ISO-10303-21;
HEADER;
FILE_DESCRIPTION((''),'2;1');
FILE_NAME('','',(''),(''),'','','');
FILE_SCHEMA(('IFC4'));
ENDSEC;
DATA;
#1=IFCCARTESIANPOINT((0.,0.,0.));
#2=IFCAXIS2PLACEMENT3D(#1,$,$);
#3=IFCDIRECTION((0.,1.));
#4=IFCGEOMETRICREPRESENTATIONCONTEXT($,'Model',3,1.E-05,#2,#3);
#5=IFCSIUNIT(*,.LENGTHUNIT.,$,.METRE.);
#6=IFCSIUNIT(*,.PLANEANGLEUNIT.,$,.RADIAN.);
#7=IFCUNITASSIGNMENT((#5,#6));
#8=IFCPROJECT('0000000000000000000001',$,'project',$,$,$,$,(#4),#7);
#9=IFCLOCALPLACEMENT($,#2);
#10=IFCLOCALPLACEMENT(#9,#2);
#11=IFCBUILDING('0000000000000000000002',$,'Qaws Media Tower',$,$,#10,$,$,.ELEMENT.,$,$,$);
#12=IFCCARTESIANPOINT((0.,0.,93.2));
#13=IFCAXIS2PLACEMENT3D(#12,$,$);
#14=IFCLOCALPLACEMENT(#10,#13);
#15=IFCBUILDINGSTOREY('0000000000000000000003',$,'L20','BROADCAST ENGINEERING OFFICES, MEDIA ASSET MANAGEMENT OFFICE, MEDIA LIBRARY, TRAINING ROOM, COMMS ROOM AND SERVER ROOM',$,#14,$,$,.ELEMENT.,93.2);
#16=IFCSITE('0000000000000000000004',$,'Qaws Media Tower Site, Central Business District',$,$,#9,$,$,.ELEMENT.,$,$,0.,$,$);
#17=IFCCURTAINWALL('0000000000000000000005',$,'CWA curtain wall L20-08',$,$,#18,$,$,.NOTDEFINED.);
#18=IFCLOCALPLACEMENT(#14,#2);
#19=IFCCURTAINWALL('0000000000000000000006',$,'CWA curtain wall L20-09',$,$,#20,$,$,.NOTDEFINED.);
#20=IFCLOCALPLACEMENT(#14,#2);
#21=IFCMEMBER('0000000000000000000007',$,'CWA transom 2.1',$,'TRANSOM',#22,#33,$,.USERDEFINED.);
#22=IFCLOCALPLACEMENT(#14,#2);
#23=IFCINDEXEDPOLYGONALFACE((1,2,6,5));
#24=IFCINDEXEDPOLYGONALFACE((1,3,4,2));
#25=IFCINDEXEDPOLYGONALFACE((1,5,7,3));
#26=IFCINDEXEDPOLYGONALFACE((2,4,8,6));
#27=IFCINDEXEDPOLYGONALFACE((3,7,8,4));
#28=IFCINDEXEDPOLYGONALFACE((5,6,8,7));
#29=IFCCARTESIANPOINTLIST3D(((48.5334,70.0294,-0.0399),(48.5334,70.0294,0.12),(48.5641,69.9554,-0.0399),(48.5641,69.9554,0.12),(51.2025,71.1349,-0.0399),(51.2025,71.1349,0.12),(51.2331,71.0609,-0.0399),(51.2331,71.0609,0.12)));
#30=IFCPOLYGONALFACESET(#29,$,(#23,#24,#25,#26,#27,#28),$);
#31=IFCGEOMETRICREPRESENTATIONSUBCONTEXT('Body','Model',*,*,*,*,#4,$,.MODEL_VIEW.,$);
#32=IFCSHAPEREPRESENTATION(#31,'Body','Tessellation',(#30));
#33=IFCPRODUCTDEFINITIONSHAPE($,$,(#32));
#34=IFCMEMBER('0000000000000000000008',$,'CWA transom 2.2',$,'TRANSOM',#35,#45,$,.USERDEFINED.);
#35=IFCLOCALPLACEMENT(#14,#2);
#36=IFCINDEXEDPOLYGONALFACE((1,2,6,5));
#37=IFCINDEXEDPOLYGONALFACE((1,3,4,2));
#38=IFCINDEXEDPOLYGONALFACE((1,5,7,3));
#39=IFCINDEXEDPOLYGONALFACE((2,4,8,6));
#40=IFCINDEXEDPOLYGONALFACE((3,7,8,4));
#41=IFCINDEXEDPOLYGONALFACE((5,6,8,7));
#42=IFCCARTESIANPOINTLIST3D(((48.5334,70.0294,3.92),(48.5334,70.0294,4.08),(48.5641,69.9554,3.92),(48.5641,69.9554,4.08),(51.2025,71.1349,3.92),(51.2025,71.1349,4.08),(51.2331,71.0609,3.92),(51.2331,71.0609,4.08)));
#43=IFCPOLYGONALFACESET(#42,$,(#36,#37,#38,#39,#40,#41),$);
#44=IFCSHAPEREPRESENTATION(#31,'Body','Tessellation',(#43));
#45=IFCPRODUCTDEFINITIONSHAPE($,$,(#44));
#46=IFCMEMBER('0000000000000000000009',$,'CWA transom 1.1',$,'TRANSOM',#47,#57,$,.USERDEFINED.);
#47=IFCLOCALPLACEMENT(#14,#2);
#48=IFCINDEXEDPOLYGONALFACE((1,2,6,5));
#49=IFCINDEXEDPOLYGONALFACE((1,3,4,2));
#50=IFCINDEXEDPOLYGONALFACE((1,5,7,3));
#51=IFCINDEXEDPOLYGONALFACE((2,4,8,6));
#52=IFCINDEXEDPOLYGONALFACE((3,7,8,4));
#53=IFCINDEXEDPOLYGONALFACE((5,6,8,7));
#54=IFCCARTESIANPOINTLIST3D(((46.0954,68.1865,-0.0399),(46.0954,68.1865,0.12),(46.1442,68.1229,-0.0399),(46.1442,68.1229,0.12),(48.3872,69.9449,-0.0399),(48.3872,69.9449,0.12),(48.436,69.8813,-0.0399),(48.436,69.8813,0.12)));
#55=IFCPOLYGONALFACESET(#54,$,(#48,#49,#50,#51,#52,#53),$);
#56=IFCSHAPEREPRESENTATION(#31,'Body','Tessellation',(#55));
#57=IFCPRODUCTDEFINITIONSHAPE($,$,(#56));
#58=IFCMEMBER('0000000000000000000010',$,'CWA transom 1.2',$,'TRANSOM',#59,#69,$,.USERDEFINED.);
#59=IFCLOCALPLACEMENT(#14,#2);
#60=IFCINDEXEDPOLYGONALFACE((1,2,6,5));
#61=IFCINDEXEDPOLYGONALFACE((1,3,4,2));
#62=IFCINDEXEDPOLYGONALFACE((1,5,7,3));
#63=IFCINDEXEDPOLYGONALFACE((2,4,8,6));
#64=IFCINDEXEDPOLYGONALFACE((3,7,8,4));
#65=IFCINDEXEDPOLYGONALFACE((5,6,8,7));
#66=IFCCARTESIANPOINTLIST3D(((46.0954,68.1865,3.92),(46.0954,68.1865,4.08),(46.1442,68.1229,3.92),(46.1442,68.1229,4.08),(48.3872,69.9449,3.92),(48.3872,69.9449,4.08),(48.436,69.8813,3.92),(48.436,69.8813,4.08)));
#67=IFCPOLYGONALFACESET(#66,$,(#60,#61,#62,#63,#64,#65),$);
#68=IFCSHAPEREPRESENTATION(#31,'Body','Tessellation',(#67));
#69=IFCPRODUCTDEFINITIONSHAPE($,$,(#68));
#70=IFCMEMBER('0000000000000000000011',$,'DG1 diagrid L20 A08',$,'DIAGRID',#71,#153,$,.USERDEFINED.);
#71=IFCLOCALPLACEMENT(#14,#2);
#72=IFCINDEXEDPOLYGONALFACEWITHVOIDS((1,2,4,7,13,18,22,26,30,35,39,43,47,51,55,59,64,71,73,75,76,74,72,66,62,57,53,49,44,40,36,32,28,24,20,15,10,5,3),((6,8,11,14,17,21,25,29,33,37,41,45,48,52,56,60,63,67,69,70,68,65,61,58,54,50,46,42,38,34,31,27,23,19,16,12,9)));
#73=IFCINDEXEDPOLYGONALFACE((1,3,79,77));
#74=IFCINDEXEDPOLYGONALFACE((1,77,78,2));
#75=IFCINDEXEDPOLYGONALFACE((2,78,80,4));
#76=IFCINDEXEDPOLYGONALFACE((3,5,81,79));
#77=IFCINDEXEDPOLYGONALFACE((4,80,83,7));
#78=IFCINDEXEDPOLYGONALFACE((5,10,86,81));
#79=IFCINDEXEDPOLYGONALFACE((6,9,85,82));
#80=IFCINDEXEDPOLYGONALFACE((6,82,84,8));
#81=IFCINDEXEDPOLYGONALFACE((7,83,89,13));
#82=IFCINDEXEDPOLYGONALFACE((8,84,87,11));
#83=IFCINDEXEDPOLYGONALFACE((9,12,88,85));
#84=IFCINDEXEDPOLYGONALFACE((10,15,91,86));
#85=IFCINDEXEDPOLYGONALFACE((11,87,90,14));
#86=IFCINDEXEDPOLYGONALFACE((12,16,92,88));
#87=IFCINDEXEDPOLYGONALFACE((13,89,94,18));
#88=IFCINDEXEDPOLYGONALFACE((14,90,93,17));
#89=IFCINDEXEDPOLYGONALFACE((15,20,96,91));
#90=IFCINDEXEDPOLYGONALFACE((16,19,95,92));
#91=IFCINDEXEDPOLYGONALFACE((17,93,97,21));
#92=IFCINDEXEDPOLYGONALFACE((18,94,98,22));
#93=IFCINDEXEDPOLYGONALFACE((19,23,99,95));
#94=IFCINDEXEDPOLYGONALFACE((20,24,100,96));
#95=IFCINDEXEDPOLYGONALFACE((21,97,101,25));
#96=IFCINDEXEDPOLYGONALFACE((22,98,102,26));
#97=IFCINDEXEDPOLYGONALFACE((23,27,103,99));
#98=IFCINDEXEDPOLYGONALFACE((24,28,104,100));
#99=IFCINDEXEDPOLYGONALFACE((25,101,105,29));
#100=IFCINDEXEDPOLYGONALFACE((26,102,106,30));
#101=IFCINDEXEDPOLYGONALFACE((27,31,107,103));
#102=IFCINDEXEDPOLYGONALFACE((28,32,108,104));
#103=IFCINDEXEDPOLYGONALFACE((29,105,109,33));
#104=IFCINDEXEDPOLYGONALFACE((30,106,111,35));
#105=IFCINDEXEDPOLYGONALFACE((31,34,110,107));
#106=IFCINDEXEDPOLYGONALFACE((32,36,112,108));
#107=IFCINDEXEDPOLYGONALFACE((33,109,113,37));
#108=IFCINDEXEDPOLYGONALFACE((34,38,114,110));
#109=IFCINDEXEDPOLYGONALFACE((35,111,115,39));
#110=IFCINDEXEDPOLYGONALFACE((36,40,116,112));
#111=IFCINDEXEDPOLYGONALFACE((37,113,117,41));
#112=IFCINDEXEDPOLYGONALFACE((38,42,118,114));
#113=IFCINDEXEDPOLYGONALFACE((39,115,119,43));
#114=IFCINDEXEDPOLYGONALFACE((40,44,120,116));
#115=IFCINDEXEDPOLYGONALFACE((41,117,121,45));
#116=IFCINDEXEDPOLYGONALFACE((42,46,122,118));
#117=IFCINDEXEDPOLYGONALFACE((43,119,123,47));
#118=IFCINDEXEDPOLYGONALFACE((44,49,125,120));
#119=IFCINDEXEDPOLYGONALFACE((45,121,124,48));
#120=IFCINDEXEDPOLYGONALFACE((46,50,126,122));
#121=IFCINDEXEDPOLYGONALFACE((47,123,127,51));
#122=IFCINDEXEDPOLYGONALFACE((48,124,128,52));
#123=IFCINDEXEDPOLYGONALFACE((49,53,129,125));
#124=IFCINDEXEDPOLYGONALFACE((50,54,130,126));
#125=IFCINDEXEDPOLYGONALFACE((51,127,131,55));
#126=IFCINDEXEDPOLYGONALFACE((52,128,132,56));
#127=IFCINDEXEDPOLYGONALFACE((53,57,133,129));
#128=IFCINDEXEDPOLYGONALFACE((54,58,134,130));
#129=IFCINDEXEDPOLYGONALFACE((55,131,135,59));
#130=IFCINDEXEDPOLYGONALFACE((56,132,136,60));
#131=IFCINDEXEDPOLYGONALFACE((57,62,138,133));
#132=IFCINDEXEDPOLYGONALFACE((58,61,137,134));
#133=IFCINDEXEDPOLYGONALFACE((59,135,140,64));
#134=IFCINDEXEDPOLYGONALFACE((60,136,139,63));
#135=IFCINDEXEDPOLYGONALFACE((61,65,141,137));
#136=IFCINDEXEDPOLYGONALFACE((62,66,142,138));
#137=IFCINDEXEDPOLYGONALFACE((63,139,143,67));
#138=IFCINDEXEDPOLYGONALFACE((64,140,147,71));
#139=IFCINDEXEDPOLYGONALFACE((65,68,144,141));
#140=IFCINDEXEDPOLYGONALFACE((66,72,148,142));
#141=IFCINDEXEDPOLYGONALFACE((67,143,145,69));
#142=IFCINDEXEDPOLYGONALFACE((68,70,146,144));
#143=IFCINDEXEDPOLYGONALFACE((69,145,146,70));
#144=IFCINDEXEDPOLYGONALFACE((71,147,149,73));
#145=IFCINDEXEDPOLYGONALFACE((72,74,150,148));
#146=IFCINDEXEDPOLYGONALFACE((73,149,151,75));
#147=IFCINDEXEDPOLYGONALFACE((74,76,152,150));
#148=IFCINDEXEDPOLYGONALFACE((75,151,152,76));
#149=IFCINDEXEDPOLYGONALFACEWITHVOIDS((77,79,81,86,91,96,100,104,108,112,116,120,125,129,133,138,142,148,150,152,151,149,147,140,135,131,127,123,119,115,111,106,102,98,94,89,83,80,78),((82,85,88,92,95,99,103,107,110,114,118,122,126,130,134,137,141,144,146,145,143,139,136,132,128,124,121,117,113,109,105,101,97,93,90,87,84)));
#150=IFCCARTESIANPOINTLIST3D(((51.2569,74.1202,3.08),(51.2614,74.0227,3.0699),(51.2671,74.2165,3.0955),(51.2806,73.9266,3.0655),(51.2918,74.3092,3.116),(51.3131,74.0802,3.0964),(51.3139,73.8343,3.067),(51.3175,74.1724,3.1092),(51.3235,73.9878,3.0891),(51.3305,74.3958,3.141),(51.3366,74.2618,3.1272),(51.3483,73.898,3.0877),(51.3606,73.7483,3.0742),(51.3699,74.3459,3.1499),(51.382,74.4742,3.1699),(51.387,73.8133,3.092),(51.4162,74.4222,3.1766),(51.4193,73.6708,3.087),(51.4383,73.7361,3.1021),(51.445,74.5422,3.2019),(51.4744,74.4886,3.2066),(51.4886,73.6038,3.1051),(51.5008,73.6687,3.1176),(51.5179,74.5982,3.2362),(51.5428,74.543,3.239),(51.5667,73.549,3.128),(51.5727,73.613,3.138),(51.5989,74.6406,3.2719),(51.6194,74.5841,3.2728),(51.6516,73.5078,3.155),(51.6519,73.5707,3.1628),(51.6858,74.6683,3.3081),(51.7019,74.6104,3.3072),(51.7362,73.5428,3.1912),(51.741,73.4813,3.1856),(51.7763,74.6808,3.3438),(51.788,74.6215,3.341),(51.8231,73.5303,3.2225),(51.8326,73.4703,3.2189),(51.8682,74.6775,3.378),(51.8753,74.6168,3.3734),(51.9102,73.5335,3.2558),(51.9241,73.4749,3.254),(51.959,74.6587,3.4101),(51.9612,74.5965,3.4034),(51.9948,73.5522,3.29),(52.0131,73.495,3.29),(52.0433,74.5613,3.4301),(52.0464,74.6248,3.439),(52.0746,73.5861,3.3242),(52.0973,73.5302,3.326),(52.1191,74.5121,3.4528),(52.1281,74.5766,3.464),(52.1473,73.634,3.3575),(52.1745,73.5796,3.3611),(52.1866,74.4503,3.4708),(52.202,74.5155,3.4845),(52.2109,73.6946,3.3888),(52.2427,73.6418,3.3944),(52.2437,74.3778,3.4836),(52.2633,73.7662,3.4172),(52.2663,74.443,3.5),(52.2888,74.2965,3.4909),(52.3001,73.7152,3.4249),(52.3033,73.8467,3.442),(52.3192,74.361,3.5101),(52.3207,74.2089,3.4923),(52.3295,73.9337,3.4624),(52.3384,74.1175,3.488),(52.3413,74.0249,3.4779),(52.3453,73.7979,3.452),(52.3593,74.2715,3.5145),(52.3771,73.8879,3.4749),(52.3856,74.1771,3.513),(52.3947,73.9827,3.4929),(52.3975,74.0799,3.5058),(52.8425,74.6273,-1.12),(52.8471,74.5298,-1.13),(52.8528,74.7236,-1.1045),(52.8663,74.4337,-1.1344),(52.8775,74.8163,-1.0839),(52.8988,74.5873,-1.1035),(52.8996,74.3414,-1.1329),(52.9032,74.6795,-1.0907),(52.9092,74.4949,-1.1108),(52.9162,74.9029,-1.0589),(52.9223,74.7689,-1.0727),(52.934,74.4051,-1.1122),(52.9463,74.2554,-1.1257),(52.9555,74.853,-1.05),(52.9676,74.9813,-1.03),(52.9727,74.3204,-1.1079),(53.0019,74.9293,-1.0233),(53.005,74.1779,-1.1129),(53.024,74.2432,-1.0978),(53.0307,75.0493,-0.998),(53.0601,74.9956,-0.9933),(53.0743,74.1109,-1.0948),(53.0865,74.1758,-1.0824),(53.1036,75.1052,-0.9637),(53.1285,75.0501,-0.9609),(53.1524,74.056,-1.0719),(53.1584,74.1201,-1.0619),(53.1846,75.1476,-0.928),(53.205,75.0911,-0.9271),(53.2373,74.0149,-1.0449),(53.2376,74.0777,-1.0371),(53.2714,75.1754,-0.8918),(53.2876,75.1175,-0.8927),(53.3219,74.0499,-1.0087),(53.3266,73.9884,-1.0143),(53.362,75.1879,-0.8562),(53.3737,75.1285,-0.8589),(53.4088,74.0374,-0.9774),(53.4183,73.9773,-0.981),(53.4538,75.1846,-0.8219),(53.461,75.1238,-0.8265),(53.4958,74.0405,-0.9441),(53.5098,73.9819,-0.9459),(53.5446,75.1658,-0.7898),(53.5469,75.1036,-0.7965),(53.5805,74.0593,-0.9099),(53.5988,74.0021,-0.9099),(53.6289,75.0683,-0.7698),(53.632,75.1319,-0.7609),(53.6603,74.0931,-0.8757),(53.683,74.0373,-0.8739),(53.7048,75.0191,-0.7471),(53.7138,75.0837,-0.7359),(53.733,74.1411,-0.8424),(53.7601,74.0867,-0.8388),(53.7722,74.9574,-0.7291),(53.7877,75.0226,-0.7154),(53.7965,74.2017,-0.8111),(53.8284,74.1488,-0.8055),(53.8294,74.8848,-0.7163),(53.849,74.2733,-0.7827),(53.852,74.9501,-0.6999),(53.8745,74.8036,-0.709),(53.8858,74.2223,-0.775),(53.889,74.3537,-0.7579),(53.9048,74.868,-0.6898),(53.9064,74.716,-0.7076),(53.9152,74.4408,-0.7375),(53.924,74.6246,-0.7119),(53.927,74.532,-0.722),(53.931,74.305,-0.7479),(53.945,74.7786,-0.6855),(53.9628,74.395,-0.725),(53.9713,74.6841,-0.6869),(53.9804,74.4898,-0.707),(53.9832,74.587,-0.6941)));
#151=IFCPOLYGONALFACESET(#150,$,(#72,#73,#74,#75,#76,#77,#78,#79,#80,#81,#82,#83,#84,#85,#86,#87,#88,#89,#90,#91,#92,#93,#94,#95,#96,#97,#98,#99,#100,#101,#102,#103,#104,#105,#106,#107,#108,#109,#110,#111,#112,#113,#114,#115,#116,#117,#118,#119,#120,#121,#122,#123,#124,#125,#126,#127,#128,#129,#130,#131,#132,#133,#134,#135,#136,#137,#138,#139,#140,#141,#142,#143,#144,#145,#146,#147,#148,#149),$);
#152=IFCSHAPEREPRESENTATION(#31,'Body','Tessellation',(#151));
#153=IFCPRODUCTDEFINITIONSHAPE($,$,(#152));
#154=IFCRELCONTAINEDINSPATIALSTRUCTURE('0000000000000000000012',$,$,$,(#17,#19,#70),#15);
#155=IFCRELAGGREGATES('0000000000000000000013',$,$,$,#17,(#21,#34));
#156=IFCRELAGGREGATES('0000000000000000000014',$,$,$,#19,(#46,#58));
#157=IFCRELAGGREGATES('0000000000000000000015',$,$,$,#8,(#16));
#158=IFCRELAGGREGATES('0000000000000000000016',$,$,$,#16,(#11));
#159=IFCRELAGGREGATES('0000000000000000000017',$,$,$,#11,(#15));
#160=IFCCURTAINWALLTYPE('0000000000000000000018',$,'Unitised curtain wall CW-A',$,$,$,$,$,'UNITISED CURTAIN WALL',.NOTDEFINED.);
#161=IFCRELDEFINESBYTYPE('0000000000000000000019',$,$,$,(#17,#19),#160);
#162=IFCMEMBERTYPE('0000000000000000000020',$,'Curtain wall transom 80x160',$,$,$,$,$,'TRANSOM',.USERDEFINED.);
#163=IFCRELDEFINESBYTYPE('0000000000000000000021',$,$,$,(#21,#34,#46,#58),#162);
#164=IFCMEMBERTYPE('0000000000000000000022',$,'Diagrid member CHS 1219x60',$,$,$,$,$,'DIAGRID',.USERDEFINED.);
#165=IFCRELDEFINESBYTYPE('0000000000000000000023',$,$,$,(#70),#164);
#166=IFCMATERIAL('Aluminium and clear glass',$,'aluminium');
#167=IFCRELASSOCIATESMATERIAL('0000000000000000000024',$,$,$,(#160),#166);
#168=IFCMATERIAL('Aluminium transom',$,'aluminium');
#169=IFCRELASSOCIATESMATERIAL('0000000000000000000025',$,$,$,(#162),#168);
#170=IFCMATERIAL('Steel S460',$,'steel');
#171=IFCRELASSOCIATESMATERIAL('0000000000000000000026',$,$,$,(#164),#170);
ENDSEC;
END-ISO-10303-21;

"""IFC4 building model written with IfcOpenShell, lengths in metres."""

from ifc_helpers import new_model, si_unit, direction, frame, origin, origin_2d, place, context, subcontext, project, spatial, rectangle, hollow_circle, extrude, material, material_profile, profile_set, type_object, element, aggregate, save


model = new_model("IFC4")

# Units and contexts
model_context = context("Model", 3, precision=1e-05, world=origin(), true_north=direction((0.0, 1.0)))
body_context = subcontext(model_context, "Body", "Model", "MODEL_VIEW")
ifc_project = project(units=[si_unit("LENGTHUNIT", "METRE"), si_unit("PLANEANGLEUNIT", "RADIAN")], contexts=[model_context])

# Site, building, storey
site_placement = place(None, origin())
site = spatial("IfcSite", under=ifc_project, at=site_placement, Name="Qaws Media Tower Site, Central Business District", CompositionType="ELEMENT", RefElevation=0.0)
building_placement = place(site_placement, origin())
building = spatial("IfcBuilding", under=site, at=building_placement, Name="Qaws Media Tower", CompositionType="ELEMENT")
storey_placement = place(building_placement, frame((0.0, 0.0, 93.2)))
storey = spatial("IfcBuildingStorey", under=building, at=storey_placement, Name="L20", Description="BROADCAST ENGINEERING OFFICES, MEDIA ASSET MANAGEMENT OFFICE, MEDIA LIBRARY, TRAINING ROOM, COMMS ROOM AND SERVER ROOM", CompositionType="ELEMENT", Elevation=93.2)

# Curtain walls
ifc_material_1 = material(Name="Aluminium and clear glass", Category="aluminium")
curtain_wall_type = type_object("IfcCurtainWallType", Name="Unitised curtain wall CW-A", ElementType="UNITISED CURTAIN WALL", PredefinedType="NOTDEFINED", material=ifc_material_1)
curtain_wall_1_placement = place(storey_placement, origin())
curtain_wall_1 = element("IfcCurtainWall", 1, at=curtain_wall_1_placement, inside=storey, type_object=curtain_wall_type, Name="CWA curtain wall L20-08", PredefinedType="NOTDEFINED")
curtain_wall_2_placement = place(storey_placement, origin())
curtain_wall_2 = element("IfcCurtainWall", 2, at=curtain_wall_2_placement, inside=storey, type_object=curtain_wall_type, Name="CWA curtain wall L20-09", PredefinedType="NOTDEFINED")

# Members
ifc_material_2 = material(Name="Aluminium transom", Category="aluminium")
ifc_material_profile_1 = material_profile(ifc_material_2, rectangle(XDim=0.0801, YDim=0.1599, at=origin_2d()), Name="80x160")
ifc_profile_set_1 = profile_set([ifc_material_profile_1], Name="Aluminium transom")
member_type_1 = type_object("IfcMemberType", Name="Curtain wall transom 80x160", ElementType="TRANSOM", PredefinedType="USERDEFINED", material=ifc_profile_set_1)
member_1_placement = place(storey_placement, frame((51.2178, 71.0979, 0.04), z_axis=(-0.923885, -0.38267, 0.0), x_axis=(0.38267, -0.923885, 0.0)))
member_1 = element("IfcMember", 3, at=member_1_placement, type_object=member_type_1, Name="CWA transom 2.1", ObjectType="TRANSOM", PredefinedType="USERDEFINED", context=body_context, shape_type="SweptSolid", body=[
    extrude(rectangle(XDim=0.0801, YDim=0.1599, at=origin_2d()), origin(), (0.0, 0.0, 1.0), 2.8889),
])
member_2_placement = place(storey_placement, frame((51.2178, 71.0979, 4.0), z_axis=(-0.923885, -0.38267, 0.0), x_axis=(0.38267, -0.923885, 0.0)))
member_2 = element("IfcMember", 4, at=member_2_placement, type_object=member_type_1, Name="CWA transom 2.2", ObjectType="TRANSOM", PredefinedType="USERDEFINED", context=body_context, shape_type="SweptSolid", body=[
    extrude(rectangle(XDim=0.0801, YDim=0.1599, at=origin_2d()), origin(), (0.0, 0.0, 1.0), 2.8889),
])
member_3_placement = place(storey_placement, frame((48.4116, 69.9131, 0.04), z_axis=(-0.79339, -0.608714, 0.0), x_axis=(0.608714, -0.79339, 0.0)))
member_3 = element("IfcMember", 5, at=member_3_placement, type_object=member_type_1, Name="CWA transom 1.1", ObjectType="TRANSOM", PredefinedType="USERDEFINED", context=body_context, shape_type="SweptSolid", body=[
    extrude(rectangle(XDim=0.0801, YDim=0.1599, at=origin_2d()), origin(), (0.0, 0.0, 1.0), 2.8887),
])
member_4_placement = place(storey_placement, frame((48.4116, 69.9131, 4.0), z_axis=(-0.79339, -0.608714, 0.0), x_axis=(0.608714, -0.79339, 0.0)))
member_4 = element("IfcMember", 6, at=member_4_placement, type_object=member_type_1, Name="CWA transom 1.2", ObjectType="TRANSOM", PredefinedType="USERDEFINED", context=body_context, shape_type="SweptSolid", body=[
    extrude(rectangle(XDim=0.0801, YDim=0.1599, at=origin_2d()), origin(), (0.0, 0.0, 1.0), 2.8887),
])

# Member
ifc_material_3 = material(Name="Steel S460", Category="steel")
ifc_material_profile_2 = material_profile(ifc_material_3, hollow_circle(Radius=0.6096, WallThickness=0.0601, at=origin_2d()), Name="CHS 1219x60")
ifc_profile_set_2 = profile_set([ifc_material_profile_2], Name="Steel S460")
member_type_2 = type_object("IfcMemberType", Name="Diagrid member CHS 1219x60", ElementType="DIAGRID", PredefinedType="USERDEFINED", material=ifc_profile_set_2)
for number, where, z_axis, x_axis, name in (
    (7, (53.4131, 74.5828, -0.9099), (-0.350983, -0.112239, 0.929631), (0.304589, -0.952484, 0.0), "DG1 diagrid L20 A08"),
):
    element("IfcMember", number, at=place(storey_placement, frame(where, z_axis=z_axis, x_axis=x_axis)), inside=storey, type_object=member_type_2, Name=name, ObjectType="DIAGRID", PredefinedType="USERDEFINED", context=body_context, shape_type="SweptSolid", body=[
        extrude(hollow_circle(Radius=0.6096, WallThickness=0.0601, at=origin_2d()), origin(), (0.0, 0.0, 1.0), 4.5178),
    ])

aggregate(curtain_wall_1, [member_1, member_2])
aggregate(curtain_wall_2, [member_3, member_4])

save(model, "model.ifc")
